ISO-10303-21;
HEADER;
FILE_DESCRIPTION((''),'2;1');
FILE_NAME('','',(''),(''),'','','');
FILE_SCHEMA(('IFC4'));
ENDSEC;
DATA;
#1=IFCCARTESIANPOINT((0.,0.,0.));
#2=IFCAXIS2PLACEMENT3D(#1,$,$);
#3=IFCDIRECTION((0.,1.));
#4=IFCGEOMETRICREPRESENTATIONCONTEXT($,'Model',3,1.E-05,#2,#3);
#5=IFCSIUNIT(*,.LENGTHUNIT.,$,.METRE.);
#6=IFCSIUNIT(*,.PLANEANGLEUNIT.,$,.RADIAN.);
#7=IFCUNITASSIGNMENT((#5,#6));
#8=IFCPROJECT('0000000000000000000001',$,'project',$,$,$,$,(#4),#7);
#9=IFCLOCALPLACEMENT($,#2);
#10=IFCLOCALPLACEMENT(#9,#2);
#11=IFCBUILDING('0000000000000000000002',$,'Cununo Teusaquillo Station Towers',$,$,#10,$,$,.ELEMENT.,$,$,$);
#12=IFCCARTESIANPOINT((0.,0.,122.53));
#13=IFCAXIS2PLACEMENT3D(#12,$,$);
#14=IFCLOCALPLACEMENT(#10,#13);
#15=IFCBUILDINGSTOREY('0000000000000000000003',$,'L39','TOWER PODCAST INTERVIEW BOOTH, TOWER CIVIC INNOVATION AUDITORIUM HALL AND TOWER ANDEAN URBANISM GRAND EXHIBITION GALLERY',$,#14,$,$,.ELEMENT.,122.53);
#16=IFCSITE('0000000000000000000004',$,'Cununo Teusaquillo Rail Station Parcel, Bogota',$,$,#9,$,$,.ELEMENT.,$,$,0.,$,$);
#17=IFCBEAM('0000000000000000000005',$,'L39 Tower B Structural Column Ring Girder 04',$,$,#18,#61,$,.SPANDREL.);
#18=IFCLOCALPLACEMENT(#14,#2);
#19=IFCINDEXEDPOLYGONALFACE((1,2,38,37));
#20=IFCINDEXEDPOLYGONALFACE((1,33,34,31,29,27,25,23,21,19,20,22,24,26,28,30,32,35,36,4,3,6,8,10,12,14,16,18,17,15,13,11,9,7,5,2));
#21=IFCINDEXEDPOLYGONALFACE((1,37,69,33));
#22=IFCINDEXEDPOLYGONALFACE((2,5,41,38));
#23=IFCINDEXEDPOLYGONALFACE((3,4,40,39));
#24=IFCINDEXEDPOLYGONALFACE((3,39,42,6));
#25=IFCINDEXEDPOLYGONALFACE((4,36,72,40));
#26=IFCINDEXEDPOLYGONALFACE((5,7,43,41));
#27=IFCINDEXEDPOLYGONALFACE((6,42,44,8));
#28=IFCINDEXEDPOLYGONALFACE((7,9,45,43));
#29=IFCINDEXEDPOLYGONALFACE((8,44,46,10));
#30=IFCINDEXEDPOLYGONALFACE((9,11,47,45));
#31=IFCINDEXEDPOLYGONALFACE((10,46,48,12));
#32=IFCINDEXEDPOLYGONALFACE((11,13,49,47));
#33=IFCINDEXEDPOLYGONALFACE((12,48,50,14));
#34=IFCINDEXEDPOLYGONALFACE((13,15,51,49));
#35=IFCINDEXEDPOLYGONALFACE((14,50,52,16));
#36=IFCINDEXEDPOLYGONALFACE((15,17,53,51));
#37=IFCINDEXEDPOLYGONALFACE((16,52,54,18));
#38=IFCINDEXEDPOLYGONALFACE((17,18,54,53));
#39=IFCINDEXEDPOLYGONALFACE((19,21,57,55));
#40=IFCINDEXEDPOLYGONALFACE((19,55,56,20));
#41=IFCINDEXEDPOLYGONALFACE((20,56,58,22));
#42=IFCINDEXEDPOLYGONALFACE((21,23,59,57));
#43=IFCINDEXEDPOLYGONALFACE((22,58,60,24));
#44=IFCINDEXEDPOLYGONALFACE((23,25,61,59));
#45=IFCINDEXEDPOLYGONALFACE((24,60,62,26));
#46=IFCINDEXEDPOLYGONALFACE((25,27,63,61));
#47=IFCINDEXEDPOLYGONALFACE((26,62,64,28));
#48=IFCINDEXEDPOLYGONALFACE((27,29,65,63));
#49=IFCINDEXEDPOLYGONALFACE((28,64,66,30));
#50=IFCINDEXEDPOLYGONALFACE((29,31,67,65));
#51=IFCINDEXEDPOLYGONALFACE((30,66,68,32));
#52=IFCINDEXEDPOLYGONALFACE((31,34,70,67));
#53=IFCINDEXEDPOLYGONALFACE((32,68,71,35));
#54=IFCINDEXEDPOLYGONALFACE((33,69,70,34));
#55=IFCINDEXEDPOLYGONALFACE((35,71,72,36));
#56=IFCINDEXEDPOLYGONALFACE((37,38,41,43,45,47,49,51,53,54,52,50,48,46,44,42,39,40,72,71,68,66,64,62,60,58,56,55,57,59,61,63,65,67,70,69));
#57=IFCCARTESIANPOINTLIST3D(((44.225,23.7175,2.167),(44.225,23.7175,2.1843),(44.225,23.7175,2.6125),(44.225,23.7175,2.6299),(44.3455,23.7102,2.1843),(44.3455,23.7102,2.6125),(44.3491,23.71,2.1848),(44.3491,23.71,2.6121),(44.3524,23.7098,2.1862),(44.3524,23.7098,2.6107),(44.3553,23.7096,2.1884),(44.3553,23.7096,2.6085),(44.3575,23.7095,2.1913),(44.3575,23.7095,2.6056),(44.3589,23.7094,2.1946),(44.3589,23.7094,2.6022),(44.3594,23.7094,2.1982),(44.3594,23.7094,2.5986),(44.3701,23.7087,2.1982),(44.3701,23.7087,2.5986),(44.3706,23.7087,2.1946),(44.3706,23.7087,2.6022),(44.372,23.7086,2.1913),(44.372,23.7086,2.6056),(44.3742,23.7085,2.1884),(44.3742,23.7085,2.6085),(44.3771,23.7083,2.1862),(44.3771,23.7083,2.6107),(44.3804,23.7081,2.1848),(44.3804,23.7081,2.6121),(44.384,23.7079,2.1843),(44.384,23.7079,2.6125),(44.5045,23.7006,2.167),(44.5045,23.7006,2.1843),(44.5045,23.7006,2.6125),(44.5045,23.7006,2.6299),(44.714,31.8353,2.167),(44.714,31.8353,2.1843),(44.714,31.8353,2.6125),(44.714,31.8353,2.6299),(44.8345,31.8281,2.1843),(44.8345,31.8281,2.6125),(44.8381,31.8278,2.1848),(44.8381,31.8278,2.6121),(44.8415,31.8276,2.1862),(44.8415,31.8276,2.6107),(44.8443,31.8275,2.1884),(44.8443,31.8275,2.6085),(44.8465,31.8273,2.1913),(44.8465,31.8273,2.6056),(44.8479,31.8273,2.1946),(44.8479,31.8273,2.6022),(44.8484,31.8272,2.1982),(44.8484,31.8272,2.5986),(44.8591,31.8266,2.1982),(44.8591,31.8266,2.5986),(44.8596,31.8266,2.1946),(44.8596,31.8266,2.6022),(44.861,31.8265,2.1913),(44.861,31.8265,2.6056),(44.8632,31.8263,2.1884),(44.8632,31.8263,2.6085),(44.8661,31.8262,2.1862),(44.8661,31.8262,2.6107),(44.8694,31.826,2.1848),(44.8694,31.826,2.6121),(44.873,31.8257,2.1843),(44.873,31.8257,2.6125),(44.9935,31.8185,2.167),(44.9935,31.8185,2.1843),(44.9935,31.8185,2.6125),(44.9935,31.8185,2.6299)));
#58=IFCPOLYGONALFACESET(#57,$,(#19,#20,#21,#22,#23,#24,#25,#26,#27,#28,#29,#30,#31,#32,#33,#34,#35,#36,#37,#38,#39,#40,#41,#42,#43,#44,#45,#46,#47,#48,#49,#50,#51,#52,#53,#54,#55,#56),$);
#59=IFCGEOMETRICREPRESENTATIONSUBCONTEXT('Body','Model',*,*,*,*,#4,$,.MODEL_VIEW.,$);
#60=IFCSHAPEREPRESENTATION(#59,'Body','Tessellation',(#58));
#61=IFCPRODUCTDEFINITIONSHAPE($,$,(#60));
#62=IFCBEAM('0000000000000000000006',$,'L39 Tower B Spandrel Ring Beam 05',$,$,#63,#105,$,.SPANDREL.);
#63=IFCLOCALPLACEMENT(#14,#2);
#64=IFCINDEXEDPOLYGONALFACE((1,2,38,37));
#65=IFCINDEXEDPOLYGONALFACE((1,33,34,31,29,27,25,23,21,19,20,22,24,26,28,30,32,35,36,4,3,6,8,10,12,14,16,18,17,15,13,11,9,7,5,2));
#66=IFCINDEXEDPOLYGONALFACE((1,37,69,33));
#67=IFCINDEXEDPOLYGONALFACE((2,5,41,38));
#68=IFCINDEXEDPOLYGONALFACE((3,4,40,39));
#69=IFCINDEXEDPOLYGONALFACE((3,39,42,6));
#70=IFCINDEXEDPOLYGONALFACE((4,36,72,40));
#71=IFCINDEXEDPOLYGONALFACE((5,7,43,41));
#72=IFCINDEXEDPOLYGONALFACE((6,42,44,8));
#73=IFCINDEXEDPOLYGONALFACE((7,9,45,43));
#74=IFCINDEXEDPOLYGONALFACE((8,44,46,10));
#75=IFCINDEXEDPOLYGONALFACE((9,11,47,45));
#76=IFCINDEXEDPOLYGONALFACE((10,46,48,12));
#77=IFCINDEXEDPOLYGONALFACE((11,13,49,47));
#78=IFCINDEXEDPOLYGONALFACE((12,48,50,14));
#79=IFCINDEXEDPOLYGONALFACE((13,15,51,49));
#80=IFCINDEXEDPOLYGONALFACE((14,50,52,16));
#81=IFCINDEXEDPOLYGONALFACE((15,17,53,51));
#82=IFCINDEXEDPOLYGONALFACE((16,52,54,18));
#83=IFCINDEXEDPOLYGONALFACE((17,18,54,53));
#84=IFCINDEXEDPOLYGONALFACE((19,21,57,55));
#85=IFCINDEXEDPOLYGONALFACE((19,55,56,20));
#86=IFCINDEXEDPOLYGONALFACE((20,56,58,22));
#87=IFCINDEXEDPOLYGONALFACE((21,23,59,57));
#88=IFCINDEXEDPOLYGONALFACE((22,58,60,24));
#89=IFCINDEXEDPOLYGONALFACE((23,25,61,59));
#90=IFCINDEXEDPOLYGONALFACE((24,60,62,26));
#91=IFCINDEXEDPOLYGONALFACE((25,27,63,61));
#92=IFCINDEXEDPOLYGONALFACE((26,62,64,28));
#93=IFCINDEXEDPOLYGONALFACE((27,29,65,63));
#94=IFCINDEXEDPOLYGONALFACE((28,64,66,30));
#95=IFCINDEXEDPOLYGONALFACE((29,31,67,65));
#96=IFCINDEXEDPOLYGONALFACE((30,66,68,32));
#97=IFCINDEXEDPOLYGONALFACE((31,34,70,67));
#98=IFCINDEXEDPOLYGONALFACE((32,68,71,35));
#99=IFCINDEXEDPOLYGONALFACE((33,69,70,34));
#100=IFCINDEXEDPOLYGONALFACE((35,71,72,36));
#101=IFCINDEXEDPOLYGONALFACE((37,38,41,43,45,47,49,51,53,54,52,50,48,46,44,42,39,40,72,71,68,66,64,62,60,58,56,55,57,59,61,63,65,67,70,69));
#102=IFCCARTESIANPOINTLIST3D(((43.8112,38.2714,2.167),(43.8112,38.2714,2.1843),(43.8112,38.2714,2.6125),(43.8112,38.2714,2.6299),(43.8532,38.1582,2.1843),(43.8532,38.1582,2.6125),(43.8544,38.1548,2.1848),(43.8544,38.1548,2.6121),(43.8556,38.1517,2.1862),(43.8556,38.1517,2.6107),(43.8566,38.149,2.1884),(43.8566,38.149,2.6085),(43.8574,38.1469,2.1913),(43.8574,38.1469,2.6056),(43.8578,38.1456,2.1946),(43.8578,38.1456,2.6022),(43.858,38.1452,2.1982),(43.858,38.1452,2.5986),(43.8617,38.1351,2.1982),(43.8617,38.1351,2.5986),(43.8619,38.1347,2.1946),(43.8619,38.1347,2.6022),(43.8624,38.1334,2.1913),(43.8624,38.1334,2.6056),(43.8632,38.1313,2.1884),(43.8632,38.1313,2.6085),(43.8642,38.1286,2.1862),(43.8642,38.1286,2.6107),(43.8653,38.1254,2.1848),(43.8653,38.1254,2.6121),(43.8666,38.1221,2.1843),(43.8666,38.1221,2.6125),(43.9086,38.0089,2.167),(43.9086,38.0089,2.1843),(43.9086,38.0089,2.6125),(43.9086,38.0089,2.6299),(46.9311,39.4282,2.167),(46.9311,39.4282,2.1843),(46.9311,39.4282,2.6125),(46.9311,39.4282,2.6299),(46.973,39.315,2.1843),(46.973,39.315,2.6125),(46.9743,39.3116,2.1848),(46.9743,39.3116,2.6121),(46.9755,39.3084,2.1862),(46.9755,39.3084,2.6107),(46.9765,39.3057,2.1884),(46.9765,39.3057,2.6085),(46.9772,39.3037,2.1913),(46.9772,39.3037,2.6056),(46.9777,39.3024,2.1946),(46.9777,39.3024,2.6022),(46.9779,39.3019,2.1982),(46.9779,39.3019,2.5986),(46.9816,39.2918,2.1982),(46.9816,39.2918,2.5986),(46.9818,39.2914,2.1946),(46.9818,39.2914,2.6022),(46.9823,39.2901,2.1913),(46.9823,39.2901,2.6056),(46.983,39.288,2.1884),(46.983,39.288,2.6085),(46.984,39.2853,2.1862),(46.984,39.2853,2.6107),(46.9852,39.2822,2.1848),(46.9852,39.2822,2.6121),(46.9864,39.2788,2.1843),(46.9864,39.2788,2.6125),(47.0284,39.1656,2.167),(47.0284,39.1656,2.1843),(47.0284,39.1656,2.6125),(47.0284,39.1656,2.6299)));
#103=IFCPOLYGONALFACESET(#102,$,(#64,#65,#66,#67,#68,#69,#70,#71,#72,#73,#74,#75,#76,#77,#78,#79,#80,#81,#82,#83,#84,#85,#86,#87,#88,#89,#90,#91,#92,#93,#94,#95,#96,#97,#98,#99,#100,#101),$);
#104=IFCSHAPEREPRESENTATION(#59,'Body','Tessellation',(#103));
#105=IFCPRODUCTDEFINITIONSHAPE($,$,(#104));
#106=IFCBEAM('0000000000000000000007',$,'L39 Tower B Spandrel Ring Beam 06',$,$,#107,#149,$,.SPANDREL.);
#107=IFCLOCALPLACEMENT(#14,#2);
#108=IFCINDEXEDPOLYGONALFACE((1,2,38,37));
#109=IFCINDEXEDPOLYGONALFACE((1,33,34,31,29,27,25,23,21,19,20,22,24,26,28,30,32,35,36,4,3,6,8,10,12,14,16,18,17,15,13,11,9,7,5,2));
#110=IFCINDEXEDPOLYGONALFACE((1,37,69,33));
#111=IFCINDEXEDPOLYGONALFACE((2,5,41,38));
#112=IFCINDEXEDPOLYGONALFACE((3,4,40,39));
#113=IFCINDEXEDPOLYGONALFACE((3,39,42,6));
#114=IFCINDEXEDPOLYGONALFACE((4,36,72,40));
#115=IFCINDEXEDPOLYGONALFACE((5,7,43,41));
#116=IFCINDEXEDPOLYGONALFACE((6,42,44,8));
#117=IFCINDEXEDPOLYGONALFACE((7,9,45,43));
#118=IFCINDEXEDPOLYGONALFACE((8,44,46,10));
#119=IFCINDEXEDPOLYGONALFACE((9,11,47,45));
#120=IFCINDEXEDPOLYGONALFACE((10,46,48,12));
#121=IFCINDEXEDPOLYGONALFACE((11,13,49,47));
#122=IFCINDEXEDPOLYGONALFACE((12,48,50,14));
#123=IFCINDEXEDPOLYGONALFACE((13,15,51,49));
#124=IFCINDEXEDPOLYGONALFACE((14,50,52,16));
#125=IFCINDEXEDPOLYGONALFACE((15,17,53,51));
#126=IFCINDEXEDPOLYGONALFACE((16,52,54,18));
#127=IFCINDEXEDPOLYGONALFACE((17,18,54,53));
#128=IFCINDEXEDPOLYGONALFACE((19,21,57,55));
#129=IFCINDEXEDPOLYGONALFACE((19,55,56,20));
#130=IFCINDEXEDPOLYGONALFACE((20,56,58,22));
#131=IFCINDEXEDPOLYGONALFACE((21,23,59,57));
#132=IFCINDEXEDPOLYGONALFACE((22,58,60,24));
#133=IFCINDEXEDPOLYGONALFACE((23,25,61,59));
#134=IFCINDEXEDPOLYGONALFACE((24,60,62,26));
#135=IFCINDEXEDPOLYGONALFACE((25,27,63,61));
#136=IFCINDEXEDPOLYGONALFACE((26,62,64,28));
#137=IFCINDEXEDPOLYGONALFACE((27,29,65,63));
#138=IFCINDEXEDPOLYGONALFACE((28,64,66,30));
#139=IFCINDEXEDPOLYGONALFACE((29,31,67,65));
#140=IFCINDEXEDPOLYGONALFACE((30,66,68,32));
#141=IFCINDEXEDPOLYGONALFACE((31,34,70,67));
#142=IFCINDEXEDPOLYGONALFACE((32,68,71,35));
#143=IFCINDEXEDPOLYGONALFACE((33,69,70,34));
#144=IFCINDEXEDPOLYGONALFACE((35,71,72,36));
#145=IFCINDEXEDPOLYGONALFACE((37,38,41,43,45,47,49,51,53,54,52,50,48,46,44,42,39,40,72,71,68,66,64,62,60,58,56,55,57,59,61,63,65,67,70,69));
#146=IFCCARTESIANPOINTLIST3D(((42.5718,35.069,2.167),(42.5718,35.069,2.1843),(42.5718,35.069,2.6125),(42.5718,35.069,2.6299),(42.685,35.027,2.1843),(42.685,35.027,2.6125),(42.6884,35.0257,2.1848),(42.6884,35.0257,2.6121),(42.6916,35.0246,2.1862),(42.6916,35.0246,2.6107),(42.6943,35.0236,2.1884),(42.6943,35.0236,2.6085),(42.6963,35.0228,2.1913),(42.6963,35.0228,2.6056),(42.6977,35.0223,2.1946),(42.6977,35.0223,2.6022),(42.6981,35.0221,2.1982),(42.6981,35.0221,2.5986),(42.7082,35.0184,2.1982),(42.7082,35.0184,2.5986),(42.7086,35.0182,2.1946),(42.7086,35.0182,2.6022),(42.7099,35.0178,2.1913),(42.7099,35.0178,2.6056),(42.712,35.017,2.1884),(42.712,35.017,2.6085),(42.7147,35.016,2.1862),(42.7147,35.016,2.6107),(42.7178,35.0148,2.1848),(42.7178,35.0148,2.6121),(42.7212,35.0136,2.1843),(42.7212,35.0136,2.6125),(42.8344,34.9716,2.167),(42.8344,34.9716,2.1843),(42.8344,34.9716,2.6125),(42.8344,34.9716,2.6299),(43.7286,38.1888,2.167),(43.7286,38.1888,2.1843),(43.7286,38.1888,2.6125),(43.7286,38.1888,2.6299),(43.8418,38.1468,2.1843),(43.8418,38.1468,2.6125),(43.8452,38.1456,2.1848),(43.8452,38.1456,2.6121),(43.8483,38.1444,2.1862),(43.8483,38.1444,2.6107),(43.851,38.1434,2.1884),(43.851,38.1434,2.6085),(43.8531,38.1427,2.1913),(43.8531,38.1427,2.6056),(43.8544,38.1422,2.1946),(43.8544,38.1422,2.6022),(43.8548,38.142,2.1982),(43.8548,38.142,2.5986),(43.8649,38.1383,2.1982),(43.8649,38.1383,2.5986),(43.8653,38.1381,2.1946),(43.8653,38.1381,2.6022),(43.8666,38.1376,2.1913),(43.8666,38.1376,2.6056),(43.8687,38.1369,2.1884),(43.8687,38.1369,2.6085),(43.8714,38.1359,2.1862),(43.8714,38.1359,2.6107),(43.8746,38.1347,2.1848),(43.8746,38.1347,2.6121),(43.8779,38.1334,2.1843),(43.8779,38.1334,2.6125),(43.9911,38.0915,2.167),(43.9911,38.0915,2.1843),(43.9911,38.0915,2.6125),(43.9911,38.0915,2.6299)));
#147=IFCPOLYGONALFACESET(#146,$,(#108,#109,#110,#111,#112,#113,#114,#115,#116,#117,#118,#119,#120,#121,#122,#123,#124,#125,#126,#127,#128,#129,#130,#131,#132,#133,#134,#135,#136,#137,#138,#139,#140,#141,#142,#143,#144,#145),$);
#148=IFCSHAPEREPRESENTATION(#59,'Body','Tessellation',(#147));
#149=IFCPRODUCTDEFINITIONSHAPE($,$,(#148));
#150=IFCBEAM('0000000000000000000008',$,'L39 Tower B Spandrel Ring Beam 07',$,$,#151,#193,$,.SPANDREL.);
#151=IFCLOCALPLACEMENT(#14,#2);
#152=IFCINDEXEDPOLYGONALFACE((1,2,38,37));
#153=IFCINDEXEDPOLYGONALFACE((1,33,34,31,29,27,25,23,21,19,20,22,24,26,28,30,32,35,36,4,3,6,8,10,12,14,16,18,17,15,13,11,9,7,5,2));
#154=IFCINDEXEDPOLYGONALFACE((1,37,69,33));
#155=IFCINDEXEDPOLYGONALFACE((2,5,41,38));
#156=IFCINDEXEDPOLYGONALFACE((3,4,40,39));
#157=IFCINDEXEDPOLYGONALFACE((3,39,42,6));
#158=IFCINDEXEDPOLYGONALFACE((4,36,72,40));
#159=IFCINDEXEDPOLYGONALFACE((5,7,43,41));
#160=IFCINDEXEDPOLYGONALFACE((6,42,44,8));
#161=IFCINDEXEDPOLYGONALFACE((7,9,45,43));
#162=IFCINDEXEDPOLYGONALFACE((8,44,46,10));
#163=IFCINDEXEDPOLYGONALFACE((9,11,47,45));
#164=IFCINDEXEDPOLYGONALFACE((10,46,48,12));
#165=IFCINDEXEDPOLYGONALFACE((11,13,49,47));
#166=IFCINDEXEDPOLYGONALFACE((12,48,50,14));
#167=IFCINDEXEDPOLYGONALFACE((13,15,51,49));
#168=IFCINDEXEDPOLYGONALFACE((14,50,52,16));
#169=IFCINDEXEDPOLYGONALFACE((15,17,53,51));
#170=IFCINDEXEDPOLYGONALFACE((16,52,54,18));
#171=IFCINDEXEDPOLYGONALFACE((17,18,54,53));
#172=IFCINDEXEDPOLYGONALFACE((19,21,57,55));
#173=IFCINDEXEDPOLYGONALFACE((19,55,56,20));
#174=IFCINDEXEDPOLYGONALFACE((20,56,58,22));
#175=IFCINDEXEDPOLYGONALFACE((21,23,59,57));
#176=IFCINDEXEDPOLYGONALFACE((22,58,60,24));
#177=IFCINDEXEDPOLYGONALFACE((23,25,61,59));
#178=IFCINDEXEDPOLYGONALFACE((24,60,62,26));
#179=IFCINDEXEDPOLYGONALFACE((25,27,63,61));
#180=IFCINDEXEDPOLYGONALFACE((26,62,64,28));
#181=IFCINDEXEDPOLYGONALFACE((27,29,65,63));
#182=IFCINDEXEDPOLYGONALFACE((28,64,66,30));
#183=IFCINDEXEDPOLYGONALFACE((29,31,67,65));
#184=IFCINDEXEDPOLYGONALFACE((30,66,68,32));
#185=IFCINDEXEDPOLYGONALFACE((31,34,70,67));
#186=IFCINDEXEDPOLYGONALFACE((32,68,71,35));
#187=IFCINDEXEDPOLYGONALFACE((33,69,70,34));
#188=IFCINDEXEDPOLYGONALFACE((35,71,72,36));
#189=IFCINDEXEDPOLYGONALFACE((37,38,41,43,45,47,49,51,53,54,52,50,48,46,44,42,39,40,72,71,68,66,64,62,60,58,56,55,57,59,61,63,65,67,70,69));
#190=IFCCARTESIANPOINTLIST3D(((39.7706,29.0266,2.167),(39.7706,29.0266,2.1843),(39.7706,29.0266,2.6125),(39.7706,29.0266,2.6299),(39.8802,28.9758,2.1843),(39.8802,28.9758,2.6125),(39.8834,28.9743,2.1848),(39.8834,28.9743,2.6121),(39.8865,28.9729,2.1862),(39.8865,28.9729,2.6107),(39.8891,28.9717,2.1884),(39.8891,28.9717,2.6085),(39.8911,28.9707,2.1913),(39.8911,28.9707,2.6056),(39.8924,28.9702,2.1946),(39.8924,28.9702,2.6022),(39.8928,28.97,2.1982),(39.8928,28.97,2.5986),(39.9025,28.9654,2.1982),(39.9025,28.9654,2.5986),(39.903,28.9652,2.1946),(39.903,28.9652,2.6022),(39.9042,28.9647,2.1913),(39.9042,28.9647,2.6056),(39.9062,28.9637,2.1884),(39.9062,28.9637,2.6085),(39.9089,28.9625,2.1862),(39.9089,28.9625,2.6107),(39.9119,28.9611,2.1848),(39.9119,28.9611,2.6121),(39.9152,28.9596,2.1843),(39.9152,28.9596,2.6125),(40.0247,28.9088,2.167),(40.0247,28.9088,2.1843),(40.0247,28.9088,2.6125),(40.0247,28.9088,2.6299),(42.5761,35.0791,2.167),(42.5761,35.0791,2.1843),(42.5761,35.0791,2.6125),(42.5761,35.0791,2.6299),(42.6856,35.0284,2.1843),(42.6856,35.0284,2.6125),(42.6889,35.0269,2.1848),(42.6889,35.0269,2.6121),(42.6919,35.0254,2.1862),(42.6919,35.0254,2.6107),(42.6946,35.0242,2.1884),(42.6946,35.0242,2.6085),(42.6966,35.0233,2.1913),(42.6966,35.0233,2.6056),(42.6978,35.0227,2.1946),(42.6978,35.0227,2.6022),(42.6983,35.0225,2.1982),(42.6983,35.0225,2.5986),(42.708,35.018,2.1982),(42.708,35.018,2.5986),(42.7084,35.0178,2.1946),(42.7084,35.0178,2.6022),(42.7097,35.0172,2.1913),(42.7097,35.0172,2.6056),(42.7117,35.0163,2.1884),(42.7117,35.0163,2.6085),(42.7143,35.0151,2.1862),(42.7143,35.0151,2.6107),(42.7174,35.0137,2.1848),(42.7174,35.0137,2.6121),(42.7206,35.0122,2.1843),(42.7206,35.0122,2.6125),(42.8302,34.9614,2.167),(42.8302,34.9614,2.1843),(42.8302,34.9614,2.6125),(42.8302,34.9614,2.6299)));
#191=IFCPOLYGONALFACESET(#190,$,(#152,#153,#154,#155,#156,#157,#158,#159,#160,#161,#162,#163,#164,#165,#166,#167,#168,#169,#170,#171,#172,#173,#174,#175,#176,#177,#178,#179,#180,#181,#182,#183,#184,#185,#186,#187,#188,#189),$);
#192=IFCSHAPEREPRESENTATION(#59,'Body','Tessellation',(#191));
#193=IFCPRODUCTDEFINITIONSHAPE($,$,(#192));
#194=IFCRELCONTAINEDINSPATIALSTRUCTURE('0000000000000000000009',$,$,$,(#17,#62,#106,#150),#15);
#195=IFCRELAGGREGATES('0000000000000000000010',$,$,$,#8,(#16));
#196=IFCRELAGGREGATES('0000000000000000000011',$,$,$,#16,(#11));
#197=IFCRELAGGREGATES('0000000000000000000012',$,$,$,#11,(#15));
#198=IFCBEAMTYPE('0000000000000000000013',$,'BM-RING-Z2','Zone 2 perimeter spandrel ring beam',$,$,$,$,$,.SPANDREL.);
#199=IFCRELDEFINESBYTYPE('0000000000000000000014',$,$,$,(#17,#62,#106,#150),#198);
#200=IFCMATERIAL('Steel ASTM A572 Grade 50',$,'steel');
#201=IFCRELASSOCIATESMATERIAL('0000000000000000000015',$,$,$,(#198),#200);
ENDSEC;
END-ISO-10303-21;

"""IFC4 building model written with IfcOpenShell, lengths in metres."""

from ifc_helpers import new_model, si_unit, direction, frame, origin, origin_2d, place, context, subcontext, project, spatial, i_section, extrude, material, material_profile, profile_set, type_object, element, save


model = new_model("IFC4")

# Units and contexts
model_context = context("Model", 3, precision=1e-05, world=origin(), true_north=direction((0.0, 1.0)))
body_context = subcontext(model_context, "Body", "Model", "MODEL_VIEW")
ifc_project = project(units=[si_unit("LENGTHUNIT", "METRE"), si_unit("PLANEANGLEUNIT", "RADIAN")], contexts=[model_context])

# Site, building, storey
site_placement = place(None, origin())
site = spatial("IfcSite", under=ifc_project, at=site_placement, Name="Cununo Teusaquillo Rail Station Parcel, Bogota", CompositionType="ELEMENT", RefElevation=0.0)
building_placement = place(site_placement, origin())
building = spatial("IfcBuilding", under=site, at=building_placement, Name="Cununo Teusaquillo Station Towers", CompositionType="ELEMENT")
storey_placement = place(building_placement, frame((0.0, 0.0, 122.53)))
storey = spatial("IfcBuildingStorey", under=building, at=storey_placement, Name="L39", Description="TOWER PODCAST INTERVIEW BOOTH, TOWER CIVIC INNOVATION AUDITORIUM HALL AND TOWER ANDEAN URBANISM GRAND EXHIBITION GALLERY", CompositionType="ELEMENT", Elevation=122.53)

# Beams
ifc_material_1 = material(Name="Steel ASTM A572 Grade 50", Category="steel")
ifc_material_profile_1 = material_profile(ifc_material_1, i_section(OverallWidth=0.28, OverallDepth=0.4629, WebThickness=0.0107, FlangeThickness=0.0173, FilletRadius=0.0139, at=origin_2d()), Name="W18X76")
ifc_profile_set_1 = profile_set([ifc_material_profile_1], Name="Steel ASTM A572 Grade 50")
beam_type_1 = type_object("IfcBeamType", Name="BM-RING-Z2", Description="Zone 2 perimeter spandrel ring beam", PredefinedType="SPANDREL", material=ifc_profile_set_1)
beam_1_placement = place(storey_placement, frame((44.8538, 31.8269, 2.3984), z_axis=(-0.06013, -0.998191, 0.0), x_axis=(0.998191, -0.06013, 0.0)))
element("IfcBeam", 1, at=beam_1_placement, inside=storey, type_object=beam_type_1, Name="L39 Tower B Structural Column Ring Girder 04", PredefinedType="SPANDREL", context=body_context, shape_type="SweptSolid", body=[
    extrude(i_section(OverallWidth=0.28, OverallDepth=0.4629, WebThickness=0.0107, FlangeThickness=0.0173, FilletRadius=0.0139, at=origin_2d()), origin(), (0.0, 0.0, 1.0), 8.1326),
])
for number, where, z_axis, x_axis, name in (
    (2, (46.9797, 39.2969, 2.3984), (-0.937628, -0.347639, 0.0), (0.347639, -0.937628, 0.0), "L39 Tower B Spandrel Ring Beam 05"),
    (3, (43.8599, 38.1401, 2.3984), (-0.347639, -0.937628, 0.0), (0.937628, -0.347639, 0.0), "L39 Tower B Spandrel Ring Beam 06"),
):
    element("IfcBeam", number, at=place(storey_placement, frame(where, z_axis=z_axis, x_axis=x_axis)), inside=storey, type_object=beam_type_1, Name=name, PredefinedType="SPANDREL", context=body_context, shape_type="SweptSolid", body=[
        extrude(i_section(OverallWidth=0.28, OverallDepth=0.4629, WebThickness=0.0107, FlangeThickness=0.0173, FilletRadius=0.0139, at=origin_2d()), origin(), (0.0, 0.0, 1.0), 3.3274),
    ])
beam_2_placement = place(storey_placement, frame((42.7031, 35.0203, 2.3984), z_axis=(-0.420536, -0.907276, 0.0), x_axis=(0.907276, -0.420536, 0.0)))
element("IfcBeam", 4, at=beam_2_placement, inside=storey, type_object=beam_type_1, Name="L39 Tower B Spandrel Ring Beam 07", PredefinedType="SPANDREL", context=body_context, shape_type="SweptSolid", body=[
    extrude(i_section(OverallWidth=0.28, OverallDepth=0.4629, WebThickness=0.0107, FlangeThickness=0.0173, FilletRadius=0.0139, at=origin_2d()), origin(), (0.0, 0.0, 1.0), 6.6711),
])

save(model, "model.ifc")
